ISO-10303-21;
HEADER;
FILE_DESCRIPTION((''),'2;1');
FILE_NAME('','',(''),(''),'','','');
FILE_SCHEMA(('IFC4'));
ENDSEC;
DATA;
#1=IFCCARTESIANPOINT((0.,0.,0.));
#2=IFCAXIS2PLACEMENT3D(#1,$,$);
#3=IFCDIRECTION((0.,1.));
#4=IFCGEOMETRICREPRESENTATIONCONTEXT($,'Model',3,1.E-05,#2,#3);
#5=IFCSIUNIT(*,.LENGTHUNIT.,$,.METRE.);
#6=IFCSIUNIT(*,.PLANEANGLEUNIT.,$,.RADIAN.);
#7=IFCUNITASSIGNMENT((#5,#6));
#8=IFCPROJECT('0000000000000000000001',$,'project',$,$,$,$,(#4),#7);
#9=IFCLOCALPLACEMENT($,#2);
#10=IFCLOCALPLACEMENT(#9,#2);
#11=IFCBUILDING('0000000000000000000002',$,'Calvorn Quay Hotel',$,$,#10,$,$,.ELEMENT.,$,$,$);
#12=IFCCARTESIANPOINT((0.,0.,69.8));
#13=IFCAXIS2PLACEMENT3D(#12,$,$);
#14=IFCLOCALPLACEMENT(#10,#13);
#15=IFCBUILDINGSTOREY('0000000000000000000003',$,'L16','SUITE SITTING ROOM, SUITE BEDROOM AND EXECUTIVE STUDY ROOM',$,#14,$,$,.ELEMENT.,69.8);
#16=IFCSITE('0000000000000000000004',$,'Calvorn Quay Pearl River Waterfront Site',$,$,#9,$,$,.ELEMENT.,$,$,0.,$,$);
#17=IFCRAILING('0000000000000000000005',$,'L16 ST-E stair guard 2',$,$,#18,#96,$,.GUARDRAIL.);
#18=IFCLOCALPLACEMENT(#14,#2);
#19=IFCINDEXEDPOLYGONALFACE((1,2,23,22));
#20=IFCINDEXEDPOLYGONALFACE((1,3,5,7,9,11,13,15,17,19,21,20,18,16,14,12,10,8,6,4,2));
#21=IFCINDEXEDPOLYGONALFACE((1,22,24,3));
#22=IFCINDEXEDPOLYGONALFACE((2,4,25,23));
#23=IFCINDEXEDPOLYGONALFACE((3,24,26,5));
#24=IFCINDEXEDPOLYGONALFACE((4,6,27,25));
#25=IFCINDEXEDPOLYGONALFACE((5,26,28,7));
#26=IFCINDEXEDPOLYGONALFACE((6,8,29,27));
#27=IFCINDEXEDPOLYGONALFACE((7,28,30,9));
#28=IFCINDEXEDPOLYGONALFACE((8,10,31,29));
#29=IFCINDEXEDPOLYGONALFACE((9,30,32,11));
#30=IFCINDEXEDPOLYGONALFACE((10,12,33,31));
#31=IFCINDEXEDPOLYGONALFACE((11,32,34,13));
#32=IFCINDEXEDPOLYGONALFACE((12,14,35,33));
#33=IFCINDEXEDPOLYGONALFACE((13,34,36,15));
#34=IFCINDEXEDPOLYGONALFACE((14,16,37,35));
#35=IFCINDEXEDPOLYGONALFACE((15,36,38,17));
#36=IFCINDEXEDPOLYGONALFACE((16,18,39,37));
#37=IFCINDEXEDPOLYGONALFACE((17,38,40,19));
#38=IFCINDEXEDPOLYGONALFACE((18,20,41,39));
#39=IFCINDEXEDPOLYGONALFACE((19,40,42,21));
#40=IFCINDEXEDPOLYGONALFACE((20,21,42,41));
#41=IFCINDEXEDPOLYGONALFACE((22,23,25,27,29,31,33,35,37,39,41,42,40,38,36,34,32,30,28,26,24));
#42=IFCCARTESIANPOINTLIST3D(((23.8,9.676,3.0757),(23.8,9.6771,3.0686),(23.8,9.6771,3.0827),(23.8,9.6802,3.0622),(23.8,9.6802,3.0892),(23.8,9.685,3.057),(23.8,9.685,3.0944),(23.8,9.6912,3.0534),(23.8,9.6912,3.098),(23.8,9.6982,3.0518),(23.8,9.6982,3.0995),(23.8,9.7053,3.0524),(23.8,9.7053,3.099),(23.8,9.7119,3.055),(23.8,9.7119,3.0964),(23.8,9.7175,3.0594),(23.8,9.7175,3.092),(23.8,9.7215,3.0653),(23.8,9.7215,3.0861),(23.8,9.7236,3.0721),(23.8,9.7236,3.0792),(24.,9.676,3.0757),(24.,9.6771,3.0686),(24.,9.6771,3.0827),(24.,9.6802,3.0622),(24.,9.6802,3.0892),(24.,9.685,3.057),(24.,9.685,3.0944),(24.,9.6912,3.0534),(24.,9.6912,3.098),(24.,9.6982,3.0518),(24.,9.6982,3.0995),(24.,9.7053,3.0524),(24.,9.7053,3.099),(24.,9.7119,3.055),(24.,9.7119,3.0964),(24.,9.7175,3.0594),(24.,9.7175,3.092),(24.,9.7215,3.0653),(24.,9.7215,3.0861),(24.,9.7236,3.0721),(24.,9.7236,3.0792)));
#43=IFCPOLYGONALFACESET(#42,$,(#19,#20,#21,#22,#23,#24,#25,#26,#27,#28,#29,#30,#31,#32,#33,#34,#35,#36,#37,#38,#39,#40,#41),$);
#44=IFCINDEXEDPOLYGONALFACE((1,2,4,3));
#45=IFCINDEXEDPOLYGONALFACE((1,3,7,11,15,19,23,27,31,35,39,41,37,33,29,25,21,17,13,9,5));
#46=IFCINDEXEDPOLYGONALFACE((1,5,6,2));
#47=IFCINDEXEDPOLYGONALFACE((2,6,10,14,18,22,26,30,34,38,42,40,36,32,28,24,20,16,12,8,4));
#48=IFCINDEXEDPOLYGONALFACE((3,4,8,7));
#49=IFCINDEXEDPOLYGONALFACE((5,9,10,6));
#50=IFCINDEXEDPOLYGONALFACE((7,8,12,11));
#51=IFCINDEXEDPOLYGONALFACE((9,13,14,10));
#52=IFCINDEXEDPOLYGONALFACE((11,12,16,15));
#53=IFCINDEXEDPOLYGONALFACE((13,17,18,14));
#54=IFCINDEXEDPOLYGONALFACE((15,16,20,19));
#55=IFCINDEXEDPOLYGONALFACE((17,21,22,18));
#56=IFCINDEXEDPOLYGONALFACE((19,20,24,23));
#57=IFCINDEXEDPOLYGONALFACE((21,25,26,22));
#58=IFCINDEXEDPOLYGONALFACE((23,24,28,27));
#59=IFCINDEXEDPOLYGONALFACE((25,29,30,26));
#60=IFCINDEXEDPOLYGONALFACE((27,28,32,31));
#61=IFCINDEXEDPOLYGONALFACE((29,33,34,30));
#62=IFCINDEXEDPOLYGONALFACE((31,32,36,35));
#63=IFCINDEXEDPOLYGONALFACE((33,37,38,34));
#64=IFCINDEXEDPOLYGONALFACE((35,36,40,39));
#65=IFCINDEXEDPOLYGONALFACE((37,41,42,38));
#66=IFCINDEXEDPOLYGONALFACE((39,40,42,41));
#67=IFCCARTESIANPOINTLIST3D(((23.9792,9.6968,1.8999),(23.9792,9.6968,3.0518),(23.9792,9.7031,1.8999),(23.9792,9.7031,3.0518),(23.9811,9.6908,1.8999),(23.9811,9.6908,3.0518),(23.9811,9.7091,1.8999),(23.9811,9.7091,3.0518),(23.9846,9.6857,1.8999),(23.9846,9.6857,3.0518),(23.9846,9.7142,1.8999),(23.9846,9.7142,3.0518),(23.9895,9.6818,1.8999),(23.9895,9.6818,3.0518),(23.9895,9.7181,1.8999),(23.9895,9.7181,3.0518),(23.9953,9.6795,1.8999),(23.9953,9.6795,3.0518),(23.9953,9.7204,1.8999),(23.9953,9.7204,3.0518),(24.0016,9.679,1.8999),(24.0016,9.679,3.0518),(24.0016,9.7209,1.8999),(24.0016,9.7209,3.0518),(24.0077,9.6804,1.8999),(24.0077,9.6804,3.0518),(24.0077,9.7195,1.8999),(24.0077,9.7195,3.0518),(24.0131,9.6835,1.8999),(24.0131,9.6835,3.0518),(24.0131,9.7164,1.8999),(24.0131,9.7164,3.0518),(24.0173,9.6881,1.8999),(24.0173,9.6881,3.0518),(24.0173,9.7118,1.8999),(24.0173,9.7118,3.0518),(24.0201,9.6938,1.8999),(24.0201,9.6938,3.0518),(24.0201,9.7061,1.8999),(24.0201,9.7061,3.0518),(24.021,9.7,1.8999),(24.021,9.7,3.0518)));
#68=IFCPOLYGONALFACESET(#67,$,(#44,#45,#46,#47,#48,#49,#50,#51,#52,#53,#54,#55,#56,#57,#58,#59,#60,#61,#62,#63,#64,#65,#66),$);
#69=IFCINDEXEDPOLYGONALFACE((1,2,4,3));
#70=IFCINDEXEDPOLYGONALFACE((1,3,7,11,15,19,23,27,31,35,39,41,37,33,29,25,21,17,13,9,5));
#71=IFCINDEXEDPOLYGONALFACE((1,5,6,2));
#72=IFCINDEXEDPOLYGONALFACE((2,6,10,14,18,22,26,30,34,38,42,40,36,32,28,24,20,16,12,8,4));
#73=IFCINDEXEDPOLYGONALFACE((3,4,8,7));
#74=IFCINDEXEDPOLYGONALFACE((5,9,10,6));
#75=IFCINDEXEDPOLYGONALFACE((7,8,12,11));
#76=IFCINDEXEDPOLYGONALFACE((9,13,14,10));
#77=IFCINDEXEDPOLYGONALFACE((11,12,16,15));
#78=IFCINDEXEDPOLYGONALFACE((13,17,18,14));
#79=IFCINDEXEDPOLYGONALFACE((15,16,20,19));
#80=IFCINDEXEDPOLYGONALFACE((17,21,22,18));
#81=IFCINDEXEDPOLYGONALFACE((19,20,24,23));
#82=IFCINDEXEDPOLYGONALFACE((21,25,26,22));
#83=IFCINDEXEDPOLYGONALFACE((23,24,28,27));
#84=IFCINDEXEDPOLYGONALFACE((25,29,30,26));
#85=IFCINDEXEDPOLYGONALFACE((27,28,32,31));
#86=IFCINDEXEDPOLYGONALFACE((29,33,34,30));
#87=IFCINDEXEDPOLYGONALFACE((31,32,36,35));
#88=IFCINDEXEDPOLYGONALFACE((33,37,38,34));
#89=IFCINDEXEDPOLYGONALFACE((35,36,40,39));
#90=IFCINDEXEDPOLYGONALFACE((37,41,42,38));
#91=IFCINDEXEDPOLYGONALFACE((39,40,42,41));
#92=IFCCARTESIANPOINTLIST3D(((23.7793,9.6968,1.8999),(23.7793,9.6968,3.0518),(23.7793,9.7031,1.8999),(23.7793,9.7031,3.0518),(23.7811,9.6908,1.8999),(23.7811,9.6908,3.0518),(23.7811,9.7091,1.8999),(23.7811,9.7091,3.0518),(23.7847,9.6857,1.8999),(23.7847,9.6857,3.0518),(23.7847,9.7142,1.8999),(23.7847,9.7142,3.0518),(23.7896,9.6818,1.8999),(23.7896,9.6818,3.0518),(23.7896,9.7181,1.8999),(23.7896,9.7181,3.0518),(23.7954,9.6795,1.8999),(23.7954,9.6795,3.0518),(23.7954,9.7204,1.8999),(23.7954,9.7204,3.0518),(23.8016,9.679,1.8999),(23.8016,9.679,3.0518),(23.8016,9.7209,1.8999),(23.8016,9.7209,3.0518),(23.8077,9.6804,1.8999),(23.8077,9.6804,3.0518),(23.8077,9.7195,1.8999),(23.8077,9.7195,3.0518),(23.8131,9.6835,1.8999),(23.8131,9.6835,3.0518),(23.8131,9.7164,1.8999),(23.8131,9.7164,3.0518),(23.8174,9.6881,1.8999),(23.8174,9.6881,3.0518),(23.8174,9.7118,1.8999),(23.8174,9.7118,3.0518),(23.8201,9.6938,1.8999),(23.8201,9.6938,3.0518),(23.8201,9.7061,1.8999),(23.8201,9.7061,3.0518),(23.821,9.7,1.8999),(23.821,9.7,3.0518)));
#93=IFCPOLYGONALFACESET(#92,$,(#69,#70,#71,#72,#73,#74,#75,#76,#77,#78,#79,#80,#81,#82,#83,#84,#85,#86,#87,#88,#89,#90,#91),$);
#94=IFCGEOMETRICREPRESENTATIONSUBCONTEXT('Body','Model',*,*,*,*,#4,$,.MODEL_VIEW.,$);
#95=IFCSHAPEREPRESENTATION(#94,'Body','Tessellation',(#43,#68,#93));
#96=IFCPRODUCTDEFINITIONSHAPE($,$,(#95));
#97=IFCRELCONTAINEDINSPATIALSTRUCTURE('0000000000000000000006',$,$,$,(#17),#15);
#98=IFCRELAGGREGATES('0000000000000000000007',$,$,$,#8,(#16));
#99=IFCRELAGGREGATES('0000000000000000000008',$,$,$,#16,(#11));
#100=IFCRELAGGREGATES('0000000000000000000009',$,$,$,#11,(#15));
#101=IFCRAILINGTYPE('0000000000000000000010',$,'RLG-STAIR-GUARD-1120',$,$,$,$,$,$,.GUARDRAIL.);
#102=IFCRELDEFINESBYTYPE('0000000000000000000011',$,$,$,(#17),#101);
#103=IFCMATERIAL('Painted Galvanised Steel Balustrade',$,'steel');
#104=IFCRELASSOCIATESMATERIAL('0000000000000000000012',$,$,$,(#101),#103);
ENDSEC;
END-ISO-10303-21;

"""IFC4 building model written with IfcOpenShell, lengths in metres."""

from ifc_helpers import new_model, si_unit, direction, frame, origin, origin_2d, place, context, subcontext, project, spatial, circle, extrude, material, type_object, element, save


model = new_model("IFC4")

# Units and contexts
model_context = context("Model", 3, precision=1e-05, world=origin(), true_north=direction((0.0, 1.0)))
body_context = subcontext(model_context, "Body", "Model", "MODEL_VIEW")
ifc_project = project(units=[si_unit("LENGTHUNIT", "METRE"), si_unit("PLANEANGLEUNIT", "RADIAN")], contexts=[model_context])

# Site, building, storey
site_placement = place(None, origin())
site = spatial("IfcSite", under=ifc_project, at=site_placement, Name="Calvorn Quay Pearl River Waterfront Site", CompositionType="ELEMENT", RefElevation=0.0)
building_placement = place(site_placement, origin())
building = spatial("IfcBuilding", under=site, at=building_placement, Name="Calvorn Quay Hotel", CompositionType="ELEMENT")
storey_placement = place(building_placement, frame((0.0, 0.0, 69.8)))
storey = spatial("IfcBuildingStorey", under=building, at=storey_placement, Name="L16", Description="SUITE SITTING ROOM, SUITE BEDROOM AND EXECUTIVE STUDY ROOM", CompositionType="ELEMENT", Elevation=69.8)

# Railing
ifc_material_1 = material(Name="Painted Galvanised Steel Balustrade", Category="steel")
railing_type_1 = type_object("IfcRailingType", Name="RLG-STAIR-GUARD-1120", PredefinedType="GUARDRAIL", material=ifc_material_1)
railing_1_placement = place(storey_placement, frame((24.0, 9.7, 1.8999)))
element("IfcRailing", 1, at=railing_1_placement, inside=storey, type_object=railing_type_1, Name="L16 ST-E stair guard 2", PredefinedType="GUARDRAIL", context=body_context, shape_type="SweptSolid", body=[
    extrude(circle(Radius=0.0239, at=origin_2d()), frame((0.0, 0.0, 1.1758), z_axis=(-1.0, 0.0, 0.0), x_axis=(0.0, -1.0, 0.0)), (0.0, 0.0, 1.0), 0.2),
    extrude(circle(Radius=0.021, at=origin_2d()), origin(), (0.0, 0.0, 1.0), 1.1519),
    extrude(circle(Radius=0.021, at=origin_2d()), frame((-0.2, 0.0, 0.0)), (0.0, 0.0, 1.0), 1.1519),
])

save(model, "model.ifc")
